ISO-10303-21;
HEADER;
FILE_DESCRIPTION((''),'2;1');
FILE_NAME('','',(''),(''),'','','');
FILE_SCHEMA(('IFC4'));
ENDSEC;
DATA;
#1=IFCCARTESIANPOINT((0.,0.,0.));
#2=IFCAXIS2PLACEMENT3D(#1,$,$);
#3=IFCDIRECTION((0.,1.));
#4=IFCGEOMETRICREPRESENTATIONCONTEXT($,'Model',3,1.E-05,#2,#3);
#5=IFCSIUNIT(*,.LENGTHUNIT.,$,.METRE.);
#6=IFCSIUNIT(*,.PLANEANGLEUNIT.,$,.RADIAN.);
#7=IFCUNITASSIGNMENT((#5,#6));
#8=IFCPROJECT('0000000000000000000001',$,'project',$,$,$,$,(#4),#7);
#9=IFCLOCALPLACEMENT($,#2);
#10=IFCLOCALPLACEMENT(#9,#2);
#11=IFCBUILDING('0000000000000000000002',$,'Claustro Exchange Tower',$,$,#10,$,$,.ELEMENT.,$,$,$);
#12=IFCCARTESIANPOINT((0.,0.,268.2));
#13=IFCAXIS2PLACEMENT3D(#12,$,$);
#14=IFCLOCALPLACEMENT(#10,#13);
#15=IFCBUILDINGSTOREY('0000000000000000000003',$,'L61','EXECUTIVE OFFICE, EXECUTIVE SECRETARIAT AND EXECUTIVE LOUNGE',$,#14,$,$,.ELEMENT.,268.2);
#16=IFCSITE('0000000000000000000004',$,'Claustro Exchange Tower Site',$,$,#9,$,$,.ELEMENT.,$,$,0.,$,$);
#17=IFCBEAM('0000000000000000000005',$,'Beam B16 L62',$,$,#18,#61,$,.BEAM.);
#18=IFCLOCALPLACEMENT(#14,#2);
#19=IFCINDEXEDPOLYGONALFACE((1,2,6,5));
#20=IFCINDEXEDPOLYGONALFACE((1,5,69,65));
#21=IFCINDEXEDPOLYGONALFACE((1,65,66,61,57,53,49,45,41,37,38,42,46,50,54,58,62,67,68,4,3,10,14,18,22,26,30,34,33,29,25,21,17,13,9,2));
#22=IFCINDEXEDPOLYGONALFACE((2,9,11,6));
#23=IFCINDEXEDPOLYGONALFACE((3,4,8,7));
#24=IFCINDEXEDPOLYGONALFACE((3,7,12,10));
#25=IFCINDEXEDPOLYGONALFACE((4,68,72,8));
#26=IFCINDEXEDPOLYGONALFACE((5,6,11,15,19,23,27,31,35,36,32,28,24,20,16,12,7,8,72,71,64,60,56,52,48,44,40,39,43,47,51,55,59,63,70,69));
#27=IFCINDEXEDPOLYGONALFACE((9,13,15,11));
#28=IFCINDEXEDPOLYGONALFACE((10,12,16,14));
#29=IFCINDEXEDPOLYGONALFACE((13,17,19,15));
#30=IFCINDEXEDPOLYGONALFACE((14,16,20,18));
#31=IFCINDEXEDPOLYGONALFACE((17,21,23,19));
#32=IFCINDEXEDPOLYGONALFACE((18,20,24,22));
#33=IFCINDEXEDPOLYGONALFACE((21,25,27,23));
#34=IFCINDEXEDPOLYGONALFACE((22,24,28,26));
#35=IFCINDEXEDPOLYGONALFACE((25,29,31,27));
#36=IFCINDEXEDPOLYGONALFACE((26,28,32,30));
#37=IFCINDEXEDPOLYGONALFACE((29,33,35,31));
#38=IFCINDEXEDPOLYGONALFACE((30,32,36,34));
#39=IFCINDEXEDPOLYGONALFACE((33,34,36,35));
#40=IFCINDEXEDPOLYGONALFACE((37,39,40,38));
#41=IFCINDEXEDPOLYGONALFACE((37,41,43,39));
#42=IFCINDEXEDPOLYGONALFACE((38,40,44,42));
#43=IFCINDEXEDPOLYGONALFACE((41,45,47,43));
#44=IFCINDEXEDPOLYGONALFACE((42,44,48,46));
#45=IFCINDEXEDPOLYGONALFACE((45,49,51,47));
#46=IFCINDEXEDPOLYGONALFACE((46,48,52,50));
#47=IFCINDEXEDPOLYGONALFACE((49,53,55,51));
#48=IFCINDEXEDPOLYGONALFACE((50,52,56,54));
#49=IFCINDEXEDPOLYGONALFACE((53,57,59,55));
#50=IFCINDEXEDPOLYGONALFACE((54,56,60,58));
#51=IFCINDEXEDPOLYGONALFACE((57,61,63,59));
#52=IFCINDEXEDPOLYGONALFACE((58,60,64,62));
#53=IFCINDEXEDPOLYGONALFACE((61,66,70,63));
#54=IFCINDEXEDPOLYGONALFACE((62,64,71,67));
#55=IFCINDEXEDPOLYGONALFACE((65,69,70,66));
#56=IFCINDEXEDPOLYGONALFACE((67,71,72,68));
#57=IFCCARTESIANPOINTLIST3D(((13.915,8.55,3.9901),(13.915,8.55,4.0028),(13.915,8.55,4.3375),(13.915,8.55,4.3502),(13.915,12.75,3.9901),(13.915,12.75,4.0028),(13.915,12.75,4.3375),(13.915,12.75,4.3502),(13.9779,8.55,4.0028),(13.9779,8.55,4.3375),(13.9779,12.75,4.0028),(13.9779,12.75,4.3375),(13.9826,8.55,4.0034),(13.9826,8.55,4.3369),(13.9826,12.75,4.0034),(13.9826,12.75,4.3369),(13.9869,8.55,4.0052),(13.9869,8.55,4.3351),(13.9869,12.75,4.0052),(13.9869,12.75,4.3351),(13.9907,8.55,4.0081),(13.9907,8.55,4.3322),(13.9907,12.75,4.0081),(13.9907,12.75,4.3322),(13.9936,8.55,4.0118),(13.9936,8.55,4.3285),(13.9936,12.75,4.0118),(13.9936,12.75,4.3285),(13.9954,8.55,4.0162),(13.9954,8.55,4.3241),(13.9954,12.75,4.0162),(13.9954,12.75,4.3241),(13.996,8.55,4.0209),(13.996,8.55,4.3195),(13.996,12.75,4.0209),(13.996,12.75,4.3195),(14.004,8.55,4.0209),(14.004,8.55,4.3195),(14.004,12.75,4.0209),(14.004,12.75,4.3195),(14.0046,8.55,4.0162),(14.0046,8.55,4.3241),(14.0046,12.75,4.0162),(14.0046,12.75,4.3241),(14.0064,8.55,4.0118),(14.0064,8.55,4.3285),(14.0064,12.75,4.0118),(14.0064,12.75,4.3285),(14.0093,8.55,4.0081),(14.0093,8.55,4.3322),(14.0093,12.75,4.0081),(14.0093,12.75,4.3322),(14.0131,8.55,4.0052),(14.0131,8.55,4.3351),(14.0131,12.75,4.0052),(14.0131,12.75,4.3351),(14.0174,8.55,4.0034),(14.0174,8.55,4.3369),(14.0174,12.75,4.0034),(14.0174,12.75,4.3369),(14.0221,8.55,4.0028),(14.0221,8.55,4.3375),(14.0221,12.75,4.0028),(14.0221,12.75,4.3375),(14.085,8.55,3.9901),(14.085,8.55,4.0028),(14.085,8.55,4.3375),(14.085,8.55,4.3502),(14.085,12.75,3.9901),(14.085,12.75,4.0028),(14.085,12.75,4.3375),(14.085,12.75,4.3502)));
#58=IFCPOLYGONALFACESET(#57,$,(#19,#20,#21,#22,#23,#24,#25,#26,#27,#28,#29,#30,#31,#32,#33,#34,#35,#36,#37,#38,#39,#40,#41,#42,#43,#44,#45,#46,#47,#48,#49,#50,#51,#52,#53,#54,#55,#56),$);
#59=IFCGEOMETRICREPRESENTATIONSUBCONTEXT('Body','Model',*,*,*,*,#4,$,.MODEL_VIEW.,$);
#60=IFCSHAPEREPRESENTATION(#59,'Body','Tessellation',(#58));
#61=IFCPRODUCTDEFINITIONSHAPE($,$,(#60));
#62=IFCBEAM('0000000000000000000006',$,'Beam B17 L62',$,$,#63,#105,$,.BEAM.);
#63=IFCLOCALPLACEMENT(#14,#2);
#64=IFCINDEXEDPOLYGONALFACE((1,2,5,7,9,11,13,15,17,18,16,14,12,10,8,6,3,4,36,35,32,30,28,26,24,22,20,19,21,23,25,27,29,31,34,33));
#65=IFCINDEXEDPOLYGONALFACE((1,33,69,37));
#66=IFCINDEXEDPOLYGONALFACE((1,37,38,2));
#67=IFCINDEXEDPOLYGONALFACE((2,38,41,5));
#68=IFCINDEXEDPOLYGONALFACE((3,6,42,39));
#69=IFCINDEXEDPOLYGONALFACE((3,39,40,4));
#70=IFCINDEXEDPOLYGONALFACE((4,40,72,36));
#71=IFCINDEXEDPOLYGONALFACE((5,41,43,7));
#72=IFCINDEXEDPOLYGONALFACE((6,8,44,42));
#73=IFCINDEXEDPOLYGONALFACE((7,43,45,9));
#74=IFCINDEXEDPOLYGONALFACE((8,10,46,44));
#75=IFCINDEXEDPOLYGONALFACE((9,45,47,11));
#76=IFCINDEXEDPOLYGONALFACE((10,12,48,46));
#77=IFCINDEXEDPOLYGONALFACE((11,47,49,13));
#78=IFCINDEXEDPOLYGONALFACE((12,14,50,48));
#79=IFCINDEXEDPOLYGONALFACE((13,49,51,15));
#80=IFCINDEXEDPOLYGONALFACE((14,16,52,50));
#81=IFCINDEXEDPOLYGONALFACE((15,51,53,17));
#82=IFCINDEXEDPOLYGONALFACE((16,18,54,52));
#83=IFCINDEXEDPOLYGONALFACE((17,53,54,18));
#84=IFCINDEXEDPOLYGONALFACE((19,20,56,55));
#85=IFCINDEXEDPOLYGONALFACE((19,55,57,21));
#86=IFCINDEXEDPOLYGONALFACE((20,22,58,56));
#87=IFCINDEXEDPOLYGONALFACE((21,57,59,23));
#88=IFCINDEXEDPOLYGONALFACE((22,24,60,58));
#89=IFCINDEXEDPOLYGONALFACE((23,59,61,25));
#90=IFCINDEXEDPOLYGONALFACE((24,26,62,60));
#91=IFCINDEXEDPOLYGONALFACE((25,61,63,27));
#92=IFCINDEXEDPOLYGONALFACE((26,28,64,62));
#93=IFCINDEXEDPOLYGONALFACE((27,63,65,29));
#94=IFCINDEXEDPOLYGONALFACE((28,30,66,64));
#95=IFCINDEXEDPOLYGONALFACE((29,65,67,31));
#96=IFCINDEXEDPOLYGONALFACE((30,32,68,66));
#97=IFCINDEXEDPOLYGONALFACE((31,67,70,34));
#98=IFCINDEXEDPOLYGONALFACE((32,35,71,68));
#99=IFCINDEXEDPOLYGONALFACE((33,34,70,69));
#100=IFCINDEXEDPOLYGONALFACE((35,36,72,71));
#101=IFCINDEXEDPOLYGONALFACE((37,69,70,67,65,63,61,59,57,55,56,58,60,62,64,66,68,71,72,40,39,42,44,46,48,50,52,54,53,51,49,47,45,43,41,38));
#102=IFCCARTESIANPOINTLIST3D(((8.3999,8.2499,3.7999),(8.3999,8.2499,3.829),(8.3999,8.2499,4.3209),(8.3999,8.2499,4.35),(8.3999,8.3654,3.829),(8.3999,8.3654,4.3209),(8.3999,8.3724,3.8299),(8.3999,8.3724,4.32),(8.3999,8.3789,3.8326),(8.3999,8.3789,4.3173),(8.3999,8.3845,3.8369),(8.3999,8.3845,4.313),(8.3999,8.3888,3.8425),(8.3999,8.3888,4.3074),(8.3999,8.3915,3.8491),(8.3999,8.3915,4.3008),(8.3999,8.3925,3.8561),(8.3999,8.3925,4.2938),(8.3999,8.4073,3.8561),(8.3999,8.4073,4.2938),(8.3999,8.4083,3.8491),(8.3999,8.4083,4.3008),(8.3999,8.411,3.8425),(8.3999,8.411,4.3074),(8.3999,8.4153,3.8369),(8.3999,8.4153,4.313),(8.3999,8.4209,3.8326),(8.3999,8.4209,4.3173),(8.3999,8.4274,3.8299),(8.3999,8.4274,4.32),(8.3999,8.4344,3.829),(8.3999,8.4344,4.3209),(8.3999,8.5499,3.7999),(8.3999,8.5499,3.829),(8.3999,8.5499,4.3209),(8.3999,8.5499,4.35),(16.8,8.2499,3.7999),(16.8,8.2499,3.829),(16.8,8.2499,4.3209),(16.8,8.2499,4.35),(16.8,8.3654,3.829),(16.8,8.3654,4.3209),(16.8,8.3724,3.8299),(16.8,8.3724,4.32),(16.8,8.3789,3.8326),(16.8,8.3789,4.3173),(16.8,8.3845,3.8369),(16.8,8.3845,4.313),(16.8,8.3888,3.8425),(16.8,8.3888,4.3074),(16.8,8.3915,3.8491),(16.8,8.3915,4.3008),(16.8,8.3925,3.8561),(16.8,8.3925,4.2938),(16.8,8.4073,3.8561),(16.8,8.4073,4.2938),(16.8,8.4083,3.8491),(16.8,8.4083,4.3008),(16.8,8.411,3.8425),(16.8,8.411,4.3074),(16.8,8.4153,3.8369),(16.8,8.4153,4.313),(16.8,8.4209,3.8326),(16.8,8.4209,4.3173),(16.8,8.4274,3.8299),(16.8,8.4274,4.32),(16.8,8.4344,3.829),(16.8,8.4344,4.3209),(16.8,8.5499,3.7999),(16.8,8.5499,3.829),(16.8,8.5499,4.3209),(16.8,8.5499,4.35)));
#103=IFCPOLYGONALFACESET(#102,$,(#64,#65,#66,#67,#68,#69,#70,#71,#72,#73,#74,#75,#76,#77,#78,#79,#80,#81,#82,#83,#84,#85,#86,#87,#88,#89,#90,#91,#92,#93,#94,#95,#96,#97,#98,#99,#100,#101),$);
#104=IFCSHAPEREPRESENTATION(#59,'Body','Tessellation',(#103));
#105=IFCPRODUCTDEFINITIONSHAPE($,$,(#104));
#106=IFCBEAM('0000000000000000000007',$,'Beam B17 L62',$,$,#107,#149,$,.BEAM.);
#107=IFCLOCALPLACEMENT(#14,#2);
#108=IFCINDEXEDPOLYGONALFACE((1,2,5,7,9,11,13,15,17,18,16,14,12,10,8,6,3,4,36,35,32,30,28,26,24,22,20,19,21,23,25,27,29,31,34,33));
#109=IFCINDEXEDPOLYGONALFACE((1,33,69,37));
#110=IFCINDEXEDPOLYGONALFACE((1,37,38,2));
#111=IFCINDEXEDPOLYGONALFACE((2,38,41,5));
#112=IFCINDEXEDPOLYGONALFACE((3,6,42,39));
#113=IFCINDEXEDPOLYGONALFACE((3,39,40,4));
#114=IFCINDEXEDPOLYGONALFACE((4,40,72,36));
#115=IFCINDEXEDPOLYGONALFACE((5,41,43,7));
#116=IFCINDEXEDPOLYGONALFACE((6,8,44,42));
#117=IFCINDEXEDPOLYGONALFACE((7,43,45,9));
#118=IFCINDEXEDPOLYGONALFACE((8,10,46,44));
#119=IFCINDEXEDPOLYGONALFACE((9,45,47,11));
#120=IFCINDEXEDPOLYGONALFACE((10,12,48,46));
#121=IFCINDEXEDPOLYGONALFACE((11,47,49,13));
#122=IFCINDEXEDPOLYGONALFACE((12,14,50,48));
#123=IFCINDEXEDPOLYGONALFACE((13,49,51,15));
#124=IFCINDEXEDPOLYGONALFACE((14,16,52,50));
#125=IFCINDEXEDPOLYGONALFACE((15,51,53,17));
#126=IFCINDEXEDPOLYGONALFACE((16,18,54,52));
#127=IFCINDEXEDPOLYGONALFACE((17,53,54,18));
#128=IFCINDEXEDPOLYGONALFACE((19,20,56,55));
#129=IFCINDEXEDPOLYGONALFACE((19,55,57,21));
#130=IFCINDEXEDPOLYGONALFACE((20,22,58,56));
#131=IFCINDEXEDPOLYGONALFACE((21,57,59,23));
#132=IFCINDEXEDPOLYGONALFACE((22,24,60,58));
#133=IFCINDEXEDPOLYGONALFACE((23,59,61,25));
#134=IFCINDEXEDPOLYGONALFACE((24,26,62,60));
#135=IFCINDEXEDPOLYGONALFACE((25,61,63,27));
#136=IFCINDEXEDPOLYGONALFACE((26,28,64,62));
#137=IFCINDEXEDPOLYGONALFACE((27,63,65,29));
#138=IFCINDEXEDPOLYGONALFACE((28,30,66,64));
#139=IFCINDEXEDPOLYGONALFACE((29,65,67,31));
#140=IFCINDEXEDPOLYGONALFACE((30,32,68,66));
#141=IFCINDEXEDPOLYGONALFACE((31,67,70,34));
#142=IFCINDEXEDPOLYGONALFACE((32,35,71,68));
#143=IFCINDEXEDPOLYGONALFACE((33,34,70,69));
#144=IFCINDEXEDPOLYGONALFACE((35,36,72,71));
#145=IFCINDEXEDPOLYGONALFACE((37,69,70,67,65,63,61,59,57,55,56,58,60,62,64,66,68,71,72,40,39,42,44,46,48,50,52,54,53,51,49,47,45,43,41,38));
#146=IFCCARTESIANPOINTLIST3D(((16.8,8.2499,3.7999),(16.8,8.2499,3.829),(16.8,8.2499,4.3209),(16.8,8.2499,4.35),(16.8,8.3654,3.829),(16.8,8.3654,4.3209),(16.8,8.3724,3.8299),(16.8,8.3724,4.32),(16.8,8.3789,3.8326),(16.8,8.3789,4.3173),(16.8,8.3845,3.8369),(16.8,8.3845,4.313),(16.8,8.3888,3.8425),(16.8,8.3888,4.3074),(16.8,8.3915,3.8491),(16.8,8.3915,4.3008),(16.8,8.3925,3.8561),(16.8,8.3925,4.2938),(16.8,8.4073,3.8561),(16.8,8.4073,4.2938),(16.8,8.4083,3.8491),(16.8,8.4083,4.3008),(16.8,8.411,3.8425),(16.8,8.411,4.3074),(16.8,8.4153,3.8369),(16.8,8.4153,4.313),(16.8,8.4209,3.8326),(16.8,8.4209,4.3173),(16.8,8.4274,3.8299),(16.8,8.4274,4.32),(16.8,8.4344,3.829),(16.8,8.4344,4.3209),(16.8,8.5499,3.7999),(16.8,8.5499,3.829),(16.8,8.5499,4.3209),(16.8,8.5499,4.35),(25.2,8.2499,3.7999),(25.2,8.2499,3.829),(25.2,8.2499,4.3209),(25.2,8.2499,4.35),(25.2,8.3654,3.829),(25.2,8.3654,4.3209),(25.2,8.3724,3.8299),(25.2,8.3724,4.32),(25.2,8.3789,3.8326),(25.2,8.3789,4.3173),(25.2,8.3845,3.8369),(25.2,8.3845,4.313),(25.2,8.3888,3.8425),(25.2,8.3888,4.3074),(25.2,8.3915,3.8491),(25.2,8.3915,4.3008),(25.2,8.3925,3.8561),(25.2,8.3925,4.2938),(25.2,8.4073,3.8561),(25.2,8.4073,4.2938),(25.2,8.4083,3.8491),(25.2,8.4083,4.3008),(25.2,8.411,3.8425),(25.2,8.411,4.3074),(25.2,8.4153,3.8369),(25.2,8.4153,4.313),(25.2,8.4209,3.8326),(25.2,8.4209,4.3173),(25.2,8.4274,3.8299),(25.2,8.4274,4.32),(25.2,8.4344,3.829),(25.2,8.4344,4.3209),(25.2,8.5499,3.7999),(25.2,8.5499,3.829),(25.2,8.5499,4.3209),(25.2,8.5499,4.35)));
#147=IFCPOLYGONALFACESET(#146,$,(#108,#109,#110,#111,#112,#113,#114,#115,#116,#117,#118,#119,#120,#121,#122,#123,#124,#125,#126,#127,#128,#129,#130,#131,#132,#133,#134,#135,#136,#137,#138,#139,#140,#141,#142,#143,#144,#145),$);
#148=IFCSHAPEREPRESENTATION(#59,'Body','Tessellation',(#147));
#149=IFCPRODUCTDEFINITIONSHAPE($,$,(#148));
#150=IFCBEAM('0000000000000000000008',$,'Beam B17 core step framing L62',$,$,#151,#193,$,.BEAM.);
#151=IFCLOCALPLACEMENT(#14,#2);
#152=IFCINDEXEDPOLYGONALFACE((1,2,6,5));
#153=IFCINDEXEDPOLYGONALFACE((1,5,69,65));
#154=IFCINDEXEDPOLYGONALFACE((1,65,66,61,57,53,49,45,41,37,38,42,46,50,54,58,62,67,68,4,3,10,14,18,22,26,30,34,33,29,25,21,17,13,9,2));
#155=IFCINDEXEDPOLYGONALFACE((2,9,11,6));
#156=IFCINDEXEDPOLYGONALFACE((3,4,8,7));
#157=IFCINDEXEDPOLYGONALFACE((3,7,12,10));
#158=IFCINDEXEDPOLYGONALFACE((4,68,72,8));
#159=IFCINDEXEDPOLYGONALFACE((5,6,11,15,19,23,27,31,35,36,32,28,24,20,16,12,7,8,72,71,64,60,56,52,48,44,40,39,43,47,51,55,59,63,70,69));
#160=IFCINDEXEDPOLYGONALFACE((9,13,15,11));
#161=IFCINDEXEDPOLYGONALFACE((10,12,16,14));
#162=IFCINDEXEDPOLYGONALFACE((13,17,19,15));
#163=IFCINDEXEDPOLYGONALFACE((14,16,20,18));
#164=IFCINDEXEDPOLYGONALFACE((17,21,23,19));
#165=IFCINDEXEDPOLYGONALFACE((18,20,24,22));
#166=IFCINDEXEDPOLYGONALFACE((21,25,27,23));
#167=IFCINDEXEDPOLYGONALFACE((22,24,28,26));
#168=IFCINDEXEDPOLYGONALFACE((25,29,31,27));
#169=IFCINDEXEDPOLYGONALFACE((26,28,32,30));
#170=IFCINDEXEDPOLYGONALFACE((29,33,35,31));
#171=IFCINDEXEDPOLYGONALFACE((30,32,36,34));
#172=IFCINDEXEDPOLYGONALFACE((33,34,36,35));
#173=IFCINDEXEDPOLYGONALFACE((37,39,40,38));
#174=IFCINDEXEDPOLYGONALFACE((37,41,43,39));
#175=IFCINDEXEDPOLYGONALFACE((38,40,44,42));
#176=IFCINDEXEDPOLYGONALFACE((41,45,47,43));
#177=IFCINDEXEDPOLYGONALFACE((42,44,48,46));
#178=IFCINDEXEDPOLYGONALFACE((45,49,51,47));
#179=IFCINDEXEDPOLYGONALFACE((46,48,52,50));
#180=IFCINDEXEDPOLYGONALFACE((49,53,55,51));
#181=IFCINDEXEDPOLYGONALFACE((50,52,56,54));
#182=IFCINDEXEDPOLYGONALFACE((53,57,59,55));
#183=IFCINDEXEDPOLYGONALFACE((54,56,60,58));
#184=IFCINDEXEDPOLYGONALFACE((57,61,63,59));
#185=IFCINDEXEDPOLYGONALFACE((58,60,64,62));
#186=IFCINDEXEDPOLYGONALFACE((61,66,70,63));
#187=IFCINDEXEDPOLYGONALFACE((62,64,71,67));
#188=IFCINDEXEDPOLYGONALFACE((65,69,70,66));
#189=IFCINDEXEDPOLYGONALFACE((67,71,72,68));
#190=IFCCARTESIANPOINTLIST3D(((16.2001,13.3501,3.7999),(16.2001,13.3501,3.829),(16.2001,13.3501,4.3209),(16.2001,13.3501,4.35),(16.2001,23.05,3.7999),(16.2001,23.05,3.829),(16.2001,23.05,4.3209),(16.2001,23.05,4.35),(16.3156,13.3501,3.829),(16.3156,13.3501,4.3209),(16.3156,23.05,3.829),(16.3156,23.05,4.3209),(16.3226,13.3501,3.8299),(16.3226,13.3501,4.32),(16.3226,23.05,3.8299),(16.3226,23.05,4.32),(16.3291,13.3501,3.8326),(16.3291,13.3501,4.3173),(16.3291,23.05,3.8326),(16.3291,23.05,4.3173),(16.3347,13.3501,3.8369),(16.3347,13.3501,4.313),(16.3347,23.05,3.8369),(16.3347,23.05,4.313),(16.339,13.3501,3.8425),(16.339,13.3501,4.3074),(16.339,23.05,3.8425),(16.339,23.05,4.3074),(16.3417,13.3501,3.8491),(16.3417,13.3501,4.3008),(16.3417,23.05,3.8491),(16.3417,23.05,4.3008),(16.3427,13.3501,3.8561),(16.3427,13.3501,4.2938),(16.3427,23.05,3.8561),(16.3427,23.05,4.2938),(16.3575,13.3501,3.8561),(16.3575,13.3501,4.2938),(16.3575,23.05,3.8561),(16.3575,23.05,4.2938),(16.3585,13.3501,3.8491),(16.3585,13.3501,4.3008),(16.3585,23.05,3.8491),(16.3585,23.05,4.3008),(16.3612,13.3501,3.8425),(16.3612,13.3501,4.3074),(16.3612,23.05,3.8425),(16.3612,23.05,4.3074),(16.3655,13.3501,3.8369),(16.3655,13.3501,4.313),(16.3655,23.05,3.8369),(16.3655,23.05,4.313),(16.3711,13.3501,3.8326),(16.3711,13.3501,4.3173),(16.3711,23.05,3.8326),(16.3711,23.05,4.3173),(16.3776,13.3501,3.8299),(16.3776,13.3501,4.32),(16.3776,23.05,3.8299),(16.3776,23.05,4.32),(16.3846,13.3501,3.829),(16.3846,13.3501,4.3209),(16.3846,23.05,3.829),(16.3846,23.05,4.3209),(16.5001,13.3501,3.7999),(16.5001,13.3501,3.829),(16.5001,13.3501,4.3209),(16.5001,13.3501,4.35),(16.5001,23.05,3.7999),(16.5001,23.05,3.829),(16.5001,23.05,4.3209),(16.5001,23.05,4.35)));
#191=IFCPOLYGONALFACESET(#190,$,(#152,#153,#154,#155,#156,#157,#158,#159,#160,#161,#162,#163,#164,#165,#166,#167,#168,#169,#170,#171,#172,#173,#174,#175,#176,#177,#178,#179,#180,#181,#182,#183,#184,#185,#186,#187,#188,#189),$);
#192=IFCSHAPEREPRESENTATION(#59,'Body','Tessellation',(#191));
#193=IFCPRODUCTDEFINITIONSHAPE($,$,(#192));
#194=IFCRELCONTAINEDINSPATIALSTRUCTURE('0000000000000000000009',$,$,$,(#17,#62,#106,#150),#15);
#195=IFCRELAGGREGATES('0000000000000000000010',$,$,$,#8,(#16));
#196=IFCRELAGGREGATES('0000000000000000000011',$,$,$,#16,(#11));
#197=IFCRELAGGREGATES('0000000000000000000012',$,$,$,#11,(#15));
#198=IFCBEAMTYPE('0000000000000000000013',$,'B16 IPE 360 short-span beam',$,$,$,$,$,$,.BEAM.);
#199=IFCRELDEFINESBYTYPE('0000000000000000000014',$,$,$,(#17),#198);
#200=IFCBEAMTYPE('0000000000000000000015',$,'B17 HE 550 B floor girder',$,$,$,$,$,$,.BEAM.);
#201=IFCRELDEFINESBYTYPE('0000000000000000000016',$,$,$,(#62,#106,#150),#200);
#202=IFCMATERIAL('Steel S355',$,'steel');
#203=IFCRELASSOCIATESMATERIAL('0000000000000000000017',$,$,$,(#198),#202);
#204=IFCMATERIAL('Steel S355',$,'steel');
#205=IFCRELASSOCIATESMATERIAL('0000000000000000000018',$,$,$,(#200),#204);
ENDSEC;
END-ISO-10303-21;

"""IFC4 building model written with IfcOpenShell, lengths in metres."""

from ifc_helpers import new_model, si_unit, direction, frame, origin, origin_2d, place, context, subcontext, project, spatial, i_section, extrude, material, material_profile, profile_set, type_object, element, save


model = new_model("IFC4")

# Units and contexts
model_context = context("Model", 3, precision=1e-05, world=origin(), true_north=direction((0.0, 1.0)))
body_context = subcontext(model_context, "Body", "Model", "MODEL_VIEW")
ifc_project = project(units=[si_unit("LENGTHUNIT", "METRE"), si_unit("PLANEANGLEUNIT", "RADIAN")], contexts=[model_context])

# Site, building, storey
site_placement = place(None, origin())
site = spatial("IfcSite", under=ifc_project, at=site_placement, Name="Claustro Exchange Tower Site", CompositionType="ELEMENT", RefElevation=0.0)
building_placement = place(site_placement, origin())
building = spatial("IfcBuilding", under=site, at=building_placement, Name="Claustro Exchange Tower", CompositionType="ELEMENT")
storey_placement = place(building_placement, frame((0.0, 0.0, 268.2)))
storey = spatial("IfcBuildingStorey", under=building, at=storey_placement, Name="L61", Description="EXECUTIVE OFFICE, EXECUTIVE SECRETARIAT AND EXECUTIVE LOUNGE", CompositionType="ELEMENT", Elevation=268.2)

# Beams
ifc_material_1 = material(Name="Steel S355", Category="steel")
ifc_material_profile_1 = material_profile(ifc_material_1, i_section(OverallWidth=0.1699, OverallDepth=0.3601, WebThickness=0.0081, FlangeThickness=0.0127, FilletRadius=0.0181, at=origin_2d()), Name="IPE 360")
ifc_profile_set_1 = profile_set([ifc_material_profile_1], Name="Steel S355")
beam_type_1 = type_object("IfcBeamType", Name="B16 IPE 360 short-span beam", PredefinedType="BEAM", material=ifc_profile_set_1)
for number, where, z_axis, x_axis, name in (
    (1, (14.0, 8.55, 4.1702), (0.0, 1.0, 0.0), (-1.0, 0.0, 0.0), "Beam B16 L62"),
):
    element("IfcBeam", number, at=place(storey_placement, frame(where, z_axis=z_axis, x_axis=x_axis)), inside=storey, type_object=beam_type_1, Name=name, PredefinedType="BEAM", context=body_context, shape_type="SweptSolid", body=[
        extrude(i_section(OverallWidth=0.1699, OverallDepth=0.3601, WebThickness=0.0081, FlangeThickness=0.0127, FilletRadius=0.0181, at=origin_2d()), origin(), (0.0, 0.0, 1.0), 4.2),
    ])
ifc_material_2 = material(Name="Steel S355", Category="steel")
ifc_material_profile_2 = material_profile(ifc_material_2, i_section(OverallWidth=0.3, OverallDepth=0.55, WebThickness=0.0149, FlangeThickness=0.0291, FilletRadius=0.0271, at=origin_2d()), Name="HE 550 B")
ifc_profile_set_2 = profile_set([ifc_material_profile_2], Name="Steel S355")
beam_type_2 = type_object("IfcBeamType", Name="B17 HE 550 B floor girder", PredefinedType="BEAM", material=ifc_profile_set_2)
beam_1_placement = place(storey_placement, frame((8.3999, 8.3999, 4.075), z_axis=(1.0, 0.0, 0.0), x_axis=(0.0, 1.0, 0.0)))
element("IfcBeam", 2, at=beam_1_placement, inside=storey, type_object=beam_type_2, Name="Beam B17 L62", PredefinedType="BEAM", context=body_context, shape_type="SweptSolid", body=[
    extrude(i_section(OverallWidth=0.3, OverallDepth=0.55, WebThickness=0.0149, FlangeThickness=0.0291, FilletRadius=0.0271, at=origin_2d()), origin(), (0.0, 0.0, 1.0), 8.4001),
])
beam_2_placement = place(storey_placement, frame((16.8, 8.3999, 4.075), z_axis=(1.0, 0.0, 0.0), x_axis=(0.0, 1.0, 0.0)))
element("IfcBeam", 3, at=beam_2_placement, inside=storey, type_object=beam_type_2, Name="Beam B17 L62", PredefinedType="BEAM", context=body_context, shape_type="SweptSolid", body=[
    extrude(i_section(OverallWidth=0.3, OverallDepth=0.55, WebThickness=0.0149, FlangeThickness=0.0291, FilletRadius=0.0271, at=origin_2d()), origin(), (0.0, 0.0, 1.0), 8.3999),
])
beam_3_placement = place(storey_placement, frame((16.3501, 13.3501, 4.075), z_axis=(0.0, 1.0, 0.0), x_axis=(-1.0, 0.0, 0.0)))
element("IfcBeam", 4, at=beam_3_placement, inside=storey, type_object=beam_type_2, Name="Beam B17 core step framing L62", PredefinedType="BEAM", context=body_context, shape_type="SweptSolid", body=[
    extrude(i_section(OverallWidth=0.3, OverallDepth=0.55, WebThickness=0.0149, FlangeThickness=0.0291, FilletRadius=0.0271, at=origin_2d()), origin(), (0.0, 0.0, 1.0), 9.7),
])

save(model, "model.ifc")
